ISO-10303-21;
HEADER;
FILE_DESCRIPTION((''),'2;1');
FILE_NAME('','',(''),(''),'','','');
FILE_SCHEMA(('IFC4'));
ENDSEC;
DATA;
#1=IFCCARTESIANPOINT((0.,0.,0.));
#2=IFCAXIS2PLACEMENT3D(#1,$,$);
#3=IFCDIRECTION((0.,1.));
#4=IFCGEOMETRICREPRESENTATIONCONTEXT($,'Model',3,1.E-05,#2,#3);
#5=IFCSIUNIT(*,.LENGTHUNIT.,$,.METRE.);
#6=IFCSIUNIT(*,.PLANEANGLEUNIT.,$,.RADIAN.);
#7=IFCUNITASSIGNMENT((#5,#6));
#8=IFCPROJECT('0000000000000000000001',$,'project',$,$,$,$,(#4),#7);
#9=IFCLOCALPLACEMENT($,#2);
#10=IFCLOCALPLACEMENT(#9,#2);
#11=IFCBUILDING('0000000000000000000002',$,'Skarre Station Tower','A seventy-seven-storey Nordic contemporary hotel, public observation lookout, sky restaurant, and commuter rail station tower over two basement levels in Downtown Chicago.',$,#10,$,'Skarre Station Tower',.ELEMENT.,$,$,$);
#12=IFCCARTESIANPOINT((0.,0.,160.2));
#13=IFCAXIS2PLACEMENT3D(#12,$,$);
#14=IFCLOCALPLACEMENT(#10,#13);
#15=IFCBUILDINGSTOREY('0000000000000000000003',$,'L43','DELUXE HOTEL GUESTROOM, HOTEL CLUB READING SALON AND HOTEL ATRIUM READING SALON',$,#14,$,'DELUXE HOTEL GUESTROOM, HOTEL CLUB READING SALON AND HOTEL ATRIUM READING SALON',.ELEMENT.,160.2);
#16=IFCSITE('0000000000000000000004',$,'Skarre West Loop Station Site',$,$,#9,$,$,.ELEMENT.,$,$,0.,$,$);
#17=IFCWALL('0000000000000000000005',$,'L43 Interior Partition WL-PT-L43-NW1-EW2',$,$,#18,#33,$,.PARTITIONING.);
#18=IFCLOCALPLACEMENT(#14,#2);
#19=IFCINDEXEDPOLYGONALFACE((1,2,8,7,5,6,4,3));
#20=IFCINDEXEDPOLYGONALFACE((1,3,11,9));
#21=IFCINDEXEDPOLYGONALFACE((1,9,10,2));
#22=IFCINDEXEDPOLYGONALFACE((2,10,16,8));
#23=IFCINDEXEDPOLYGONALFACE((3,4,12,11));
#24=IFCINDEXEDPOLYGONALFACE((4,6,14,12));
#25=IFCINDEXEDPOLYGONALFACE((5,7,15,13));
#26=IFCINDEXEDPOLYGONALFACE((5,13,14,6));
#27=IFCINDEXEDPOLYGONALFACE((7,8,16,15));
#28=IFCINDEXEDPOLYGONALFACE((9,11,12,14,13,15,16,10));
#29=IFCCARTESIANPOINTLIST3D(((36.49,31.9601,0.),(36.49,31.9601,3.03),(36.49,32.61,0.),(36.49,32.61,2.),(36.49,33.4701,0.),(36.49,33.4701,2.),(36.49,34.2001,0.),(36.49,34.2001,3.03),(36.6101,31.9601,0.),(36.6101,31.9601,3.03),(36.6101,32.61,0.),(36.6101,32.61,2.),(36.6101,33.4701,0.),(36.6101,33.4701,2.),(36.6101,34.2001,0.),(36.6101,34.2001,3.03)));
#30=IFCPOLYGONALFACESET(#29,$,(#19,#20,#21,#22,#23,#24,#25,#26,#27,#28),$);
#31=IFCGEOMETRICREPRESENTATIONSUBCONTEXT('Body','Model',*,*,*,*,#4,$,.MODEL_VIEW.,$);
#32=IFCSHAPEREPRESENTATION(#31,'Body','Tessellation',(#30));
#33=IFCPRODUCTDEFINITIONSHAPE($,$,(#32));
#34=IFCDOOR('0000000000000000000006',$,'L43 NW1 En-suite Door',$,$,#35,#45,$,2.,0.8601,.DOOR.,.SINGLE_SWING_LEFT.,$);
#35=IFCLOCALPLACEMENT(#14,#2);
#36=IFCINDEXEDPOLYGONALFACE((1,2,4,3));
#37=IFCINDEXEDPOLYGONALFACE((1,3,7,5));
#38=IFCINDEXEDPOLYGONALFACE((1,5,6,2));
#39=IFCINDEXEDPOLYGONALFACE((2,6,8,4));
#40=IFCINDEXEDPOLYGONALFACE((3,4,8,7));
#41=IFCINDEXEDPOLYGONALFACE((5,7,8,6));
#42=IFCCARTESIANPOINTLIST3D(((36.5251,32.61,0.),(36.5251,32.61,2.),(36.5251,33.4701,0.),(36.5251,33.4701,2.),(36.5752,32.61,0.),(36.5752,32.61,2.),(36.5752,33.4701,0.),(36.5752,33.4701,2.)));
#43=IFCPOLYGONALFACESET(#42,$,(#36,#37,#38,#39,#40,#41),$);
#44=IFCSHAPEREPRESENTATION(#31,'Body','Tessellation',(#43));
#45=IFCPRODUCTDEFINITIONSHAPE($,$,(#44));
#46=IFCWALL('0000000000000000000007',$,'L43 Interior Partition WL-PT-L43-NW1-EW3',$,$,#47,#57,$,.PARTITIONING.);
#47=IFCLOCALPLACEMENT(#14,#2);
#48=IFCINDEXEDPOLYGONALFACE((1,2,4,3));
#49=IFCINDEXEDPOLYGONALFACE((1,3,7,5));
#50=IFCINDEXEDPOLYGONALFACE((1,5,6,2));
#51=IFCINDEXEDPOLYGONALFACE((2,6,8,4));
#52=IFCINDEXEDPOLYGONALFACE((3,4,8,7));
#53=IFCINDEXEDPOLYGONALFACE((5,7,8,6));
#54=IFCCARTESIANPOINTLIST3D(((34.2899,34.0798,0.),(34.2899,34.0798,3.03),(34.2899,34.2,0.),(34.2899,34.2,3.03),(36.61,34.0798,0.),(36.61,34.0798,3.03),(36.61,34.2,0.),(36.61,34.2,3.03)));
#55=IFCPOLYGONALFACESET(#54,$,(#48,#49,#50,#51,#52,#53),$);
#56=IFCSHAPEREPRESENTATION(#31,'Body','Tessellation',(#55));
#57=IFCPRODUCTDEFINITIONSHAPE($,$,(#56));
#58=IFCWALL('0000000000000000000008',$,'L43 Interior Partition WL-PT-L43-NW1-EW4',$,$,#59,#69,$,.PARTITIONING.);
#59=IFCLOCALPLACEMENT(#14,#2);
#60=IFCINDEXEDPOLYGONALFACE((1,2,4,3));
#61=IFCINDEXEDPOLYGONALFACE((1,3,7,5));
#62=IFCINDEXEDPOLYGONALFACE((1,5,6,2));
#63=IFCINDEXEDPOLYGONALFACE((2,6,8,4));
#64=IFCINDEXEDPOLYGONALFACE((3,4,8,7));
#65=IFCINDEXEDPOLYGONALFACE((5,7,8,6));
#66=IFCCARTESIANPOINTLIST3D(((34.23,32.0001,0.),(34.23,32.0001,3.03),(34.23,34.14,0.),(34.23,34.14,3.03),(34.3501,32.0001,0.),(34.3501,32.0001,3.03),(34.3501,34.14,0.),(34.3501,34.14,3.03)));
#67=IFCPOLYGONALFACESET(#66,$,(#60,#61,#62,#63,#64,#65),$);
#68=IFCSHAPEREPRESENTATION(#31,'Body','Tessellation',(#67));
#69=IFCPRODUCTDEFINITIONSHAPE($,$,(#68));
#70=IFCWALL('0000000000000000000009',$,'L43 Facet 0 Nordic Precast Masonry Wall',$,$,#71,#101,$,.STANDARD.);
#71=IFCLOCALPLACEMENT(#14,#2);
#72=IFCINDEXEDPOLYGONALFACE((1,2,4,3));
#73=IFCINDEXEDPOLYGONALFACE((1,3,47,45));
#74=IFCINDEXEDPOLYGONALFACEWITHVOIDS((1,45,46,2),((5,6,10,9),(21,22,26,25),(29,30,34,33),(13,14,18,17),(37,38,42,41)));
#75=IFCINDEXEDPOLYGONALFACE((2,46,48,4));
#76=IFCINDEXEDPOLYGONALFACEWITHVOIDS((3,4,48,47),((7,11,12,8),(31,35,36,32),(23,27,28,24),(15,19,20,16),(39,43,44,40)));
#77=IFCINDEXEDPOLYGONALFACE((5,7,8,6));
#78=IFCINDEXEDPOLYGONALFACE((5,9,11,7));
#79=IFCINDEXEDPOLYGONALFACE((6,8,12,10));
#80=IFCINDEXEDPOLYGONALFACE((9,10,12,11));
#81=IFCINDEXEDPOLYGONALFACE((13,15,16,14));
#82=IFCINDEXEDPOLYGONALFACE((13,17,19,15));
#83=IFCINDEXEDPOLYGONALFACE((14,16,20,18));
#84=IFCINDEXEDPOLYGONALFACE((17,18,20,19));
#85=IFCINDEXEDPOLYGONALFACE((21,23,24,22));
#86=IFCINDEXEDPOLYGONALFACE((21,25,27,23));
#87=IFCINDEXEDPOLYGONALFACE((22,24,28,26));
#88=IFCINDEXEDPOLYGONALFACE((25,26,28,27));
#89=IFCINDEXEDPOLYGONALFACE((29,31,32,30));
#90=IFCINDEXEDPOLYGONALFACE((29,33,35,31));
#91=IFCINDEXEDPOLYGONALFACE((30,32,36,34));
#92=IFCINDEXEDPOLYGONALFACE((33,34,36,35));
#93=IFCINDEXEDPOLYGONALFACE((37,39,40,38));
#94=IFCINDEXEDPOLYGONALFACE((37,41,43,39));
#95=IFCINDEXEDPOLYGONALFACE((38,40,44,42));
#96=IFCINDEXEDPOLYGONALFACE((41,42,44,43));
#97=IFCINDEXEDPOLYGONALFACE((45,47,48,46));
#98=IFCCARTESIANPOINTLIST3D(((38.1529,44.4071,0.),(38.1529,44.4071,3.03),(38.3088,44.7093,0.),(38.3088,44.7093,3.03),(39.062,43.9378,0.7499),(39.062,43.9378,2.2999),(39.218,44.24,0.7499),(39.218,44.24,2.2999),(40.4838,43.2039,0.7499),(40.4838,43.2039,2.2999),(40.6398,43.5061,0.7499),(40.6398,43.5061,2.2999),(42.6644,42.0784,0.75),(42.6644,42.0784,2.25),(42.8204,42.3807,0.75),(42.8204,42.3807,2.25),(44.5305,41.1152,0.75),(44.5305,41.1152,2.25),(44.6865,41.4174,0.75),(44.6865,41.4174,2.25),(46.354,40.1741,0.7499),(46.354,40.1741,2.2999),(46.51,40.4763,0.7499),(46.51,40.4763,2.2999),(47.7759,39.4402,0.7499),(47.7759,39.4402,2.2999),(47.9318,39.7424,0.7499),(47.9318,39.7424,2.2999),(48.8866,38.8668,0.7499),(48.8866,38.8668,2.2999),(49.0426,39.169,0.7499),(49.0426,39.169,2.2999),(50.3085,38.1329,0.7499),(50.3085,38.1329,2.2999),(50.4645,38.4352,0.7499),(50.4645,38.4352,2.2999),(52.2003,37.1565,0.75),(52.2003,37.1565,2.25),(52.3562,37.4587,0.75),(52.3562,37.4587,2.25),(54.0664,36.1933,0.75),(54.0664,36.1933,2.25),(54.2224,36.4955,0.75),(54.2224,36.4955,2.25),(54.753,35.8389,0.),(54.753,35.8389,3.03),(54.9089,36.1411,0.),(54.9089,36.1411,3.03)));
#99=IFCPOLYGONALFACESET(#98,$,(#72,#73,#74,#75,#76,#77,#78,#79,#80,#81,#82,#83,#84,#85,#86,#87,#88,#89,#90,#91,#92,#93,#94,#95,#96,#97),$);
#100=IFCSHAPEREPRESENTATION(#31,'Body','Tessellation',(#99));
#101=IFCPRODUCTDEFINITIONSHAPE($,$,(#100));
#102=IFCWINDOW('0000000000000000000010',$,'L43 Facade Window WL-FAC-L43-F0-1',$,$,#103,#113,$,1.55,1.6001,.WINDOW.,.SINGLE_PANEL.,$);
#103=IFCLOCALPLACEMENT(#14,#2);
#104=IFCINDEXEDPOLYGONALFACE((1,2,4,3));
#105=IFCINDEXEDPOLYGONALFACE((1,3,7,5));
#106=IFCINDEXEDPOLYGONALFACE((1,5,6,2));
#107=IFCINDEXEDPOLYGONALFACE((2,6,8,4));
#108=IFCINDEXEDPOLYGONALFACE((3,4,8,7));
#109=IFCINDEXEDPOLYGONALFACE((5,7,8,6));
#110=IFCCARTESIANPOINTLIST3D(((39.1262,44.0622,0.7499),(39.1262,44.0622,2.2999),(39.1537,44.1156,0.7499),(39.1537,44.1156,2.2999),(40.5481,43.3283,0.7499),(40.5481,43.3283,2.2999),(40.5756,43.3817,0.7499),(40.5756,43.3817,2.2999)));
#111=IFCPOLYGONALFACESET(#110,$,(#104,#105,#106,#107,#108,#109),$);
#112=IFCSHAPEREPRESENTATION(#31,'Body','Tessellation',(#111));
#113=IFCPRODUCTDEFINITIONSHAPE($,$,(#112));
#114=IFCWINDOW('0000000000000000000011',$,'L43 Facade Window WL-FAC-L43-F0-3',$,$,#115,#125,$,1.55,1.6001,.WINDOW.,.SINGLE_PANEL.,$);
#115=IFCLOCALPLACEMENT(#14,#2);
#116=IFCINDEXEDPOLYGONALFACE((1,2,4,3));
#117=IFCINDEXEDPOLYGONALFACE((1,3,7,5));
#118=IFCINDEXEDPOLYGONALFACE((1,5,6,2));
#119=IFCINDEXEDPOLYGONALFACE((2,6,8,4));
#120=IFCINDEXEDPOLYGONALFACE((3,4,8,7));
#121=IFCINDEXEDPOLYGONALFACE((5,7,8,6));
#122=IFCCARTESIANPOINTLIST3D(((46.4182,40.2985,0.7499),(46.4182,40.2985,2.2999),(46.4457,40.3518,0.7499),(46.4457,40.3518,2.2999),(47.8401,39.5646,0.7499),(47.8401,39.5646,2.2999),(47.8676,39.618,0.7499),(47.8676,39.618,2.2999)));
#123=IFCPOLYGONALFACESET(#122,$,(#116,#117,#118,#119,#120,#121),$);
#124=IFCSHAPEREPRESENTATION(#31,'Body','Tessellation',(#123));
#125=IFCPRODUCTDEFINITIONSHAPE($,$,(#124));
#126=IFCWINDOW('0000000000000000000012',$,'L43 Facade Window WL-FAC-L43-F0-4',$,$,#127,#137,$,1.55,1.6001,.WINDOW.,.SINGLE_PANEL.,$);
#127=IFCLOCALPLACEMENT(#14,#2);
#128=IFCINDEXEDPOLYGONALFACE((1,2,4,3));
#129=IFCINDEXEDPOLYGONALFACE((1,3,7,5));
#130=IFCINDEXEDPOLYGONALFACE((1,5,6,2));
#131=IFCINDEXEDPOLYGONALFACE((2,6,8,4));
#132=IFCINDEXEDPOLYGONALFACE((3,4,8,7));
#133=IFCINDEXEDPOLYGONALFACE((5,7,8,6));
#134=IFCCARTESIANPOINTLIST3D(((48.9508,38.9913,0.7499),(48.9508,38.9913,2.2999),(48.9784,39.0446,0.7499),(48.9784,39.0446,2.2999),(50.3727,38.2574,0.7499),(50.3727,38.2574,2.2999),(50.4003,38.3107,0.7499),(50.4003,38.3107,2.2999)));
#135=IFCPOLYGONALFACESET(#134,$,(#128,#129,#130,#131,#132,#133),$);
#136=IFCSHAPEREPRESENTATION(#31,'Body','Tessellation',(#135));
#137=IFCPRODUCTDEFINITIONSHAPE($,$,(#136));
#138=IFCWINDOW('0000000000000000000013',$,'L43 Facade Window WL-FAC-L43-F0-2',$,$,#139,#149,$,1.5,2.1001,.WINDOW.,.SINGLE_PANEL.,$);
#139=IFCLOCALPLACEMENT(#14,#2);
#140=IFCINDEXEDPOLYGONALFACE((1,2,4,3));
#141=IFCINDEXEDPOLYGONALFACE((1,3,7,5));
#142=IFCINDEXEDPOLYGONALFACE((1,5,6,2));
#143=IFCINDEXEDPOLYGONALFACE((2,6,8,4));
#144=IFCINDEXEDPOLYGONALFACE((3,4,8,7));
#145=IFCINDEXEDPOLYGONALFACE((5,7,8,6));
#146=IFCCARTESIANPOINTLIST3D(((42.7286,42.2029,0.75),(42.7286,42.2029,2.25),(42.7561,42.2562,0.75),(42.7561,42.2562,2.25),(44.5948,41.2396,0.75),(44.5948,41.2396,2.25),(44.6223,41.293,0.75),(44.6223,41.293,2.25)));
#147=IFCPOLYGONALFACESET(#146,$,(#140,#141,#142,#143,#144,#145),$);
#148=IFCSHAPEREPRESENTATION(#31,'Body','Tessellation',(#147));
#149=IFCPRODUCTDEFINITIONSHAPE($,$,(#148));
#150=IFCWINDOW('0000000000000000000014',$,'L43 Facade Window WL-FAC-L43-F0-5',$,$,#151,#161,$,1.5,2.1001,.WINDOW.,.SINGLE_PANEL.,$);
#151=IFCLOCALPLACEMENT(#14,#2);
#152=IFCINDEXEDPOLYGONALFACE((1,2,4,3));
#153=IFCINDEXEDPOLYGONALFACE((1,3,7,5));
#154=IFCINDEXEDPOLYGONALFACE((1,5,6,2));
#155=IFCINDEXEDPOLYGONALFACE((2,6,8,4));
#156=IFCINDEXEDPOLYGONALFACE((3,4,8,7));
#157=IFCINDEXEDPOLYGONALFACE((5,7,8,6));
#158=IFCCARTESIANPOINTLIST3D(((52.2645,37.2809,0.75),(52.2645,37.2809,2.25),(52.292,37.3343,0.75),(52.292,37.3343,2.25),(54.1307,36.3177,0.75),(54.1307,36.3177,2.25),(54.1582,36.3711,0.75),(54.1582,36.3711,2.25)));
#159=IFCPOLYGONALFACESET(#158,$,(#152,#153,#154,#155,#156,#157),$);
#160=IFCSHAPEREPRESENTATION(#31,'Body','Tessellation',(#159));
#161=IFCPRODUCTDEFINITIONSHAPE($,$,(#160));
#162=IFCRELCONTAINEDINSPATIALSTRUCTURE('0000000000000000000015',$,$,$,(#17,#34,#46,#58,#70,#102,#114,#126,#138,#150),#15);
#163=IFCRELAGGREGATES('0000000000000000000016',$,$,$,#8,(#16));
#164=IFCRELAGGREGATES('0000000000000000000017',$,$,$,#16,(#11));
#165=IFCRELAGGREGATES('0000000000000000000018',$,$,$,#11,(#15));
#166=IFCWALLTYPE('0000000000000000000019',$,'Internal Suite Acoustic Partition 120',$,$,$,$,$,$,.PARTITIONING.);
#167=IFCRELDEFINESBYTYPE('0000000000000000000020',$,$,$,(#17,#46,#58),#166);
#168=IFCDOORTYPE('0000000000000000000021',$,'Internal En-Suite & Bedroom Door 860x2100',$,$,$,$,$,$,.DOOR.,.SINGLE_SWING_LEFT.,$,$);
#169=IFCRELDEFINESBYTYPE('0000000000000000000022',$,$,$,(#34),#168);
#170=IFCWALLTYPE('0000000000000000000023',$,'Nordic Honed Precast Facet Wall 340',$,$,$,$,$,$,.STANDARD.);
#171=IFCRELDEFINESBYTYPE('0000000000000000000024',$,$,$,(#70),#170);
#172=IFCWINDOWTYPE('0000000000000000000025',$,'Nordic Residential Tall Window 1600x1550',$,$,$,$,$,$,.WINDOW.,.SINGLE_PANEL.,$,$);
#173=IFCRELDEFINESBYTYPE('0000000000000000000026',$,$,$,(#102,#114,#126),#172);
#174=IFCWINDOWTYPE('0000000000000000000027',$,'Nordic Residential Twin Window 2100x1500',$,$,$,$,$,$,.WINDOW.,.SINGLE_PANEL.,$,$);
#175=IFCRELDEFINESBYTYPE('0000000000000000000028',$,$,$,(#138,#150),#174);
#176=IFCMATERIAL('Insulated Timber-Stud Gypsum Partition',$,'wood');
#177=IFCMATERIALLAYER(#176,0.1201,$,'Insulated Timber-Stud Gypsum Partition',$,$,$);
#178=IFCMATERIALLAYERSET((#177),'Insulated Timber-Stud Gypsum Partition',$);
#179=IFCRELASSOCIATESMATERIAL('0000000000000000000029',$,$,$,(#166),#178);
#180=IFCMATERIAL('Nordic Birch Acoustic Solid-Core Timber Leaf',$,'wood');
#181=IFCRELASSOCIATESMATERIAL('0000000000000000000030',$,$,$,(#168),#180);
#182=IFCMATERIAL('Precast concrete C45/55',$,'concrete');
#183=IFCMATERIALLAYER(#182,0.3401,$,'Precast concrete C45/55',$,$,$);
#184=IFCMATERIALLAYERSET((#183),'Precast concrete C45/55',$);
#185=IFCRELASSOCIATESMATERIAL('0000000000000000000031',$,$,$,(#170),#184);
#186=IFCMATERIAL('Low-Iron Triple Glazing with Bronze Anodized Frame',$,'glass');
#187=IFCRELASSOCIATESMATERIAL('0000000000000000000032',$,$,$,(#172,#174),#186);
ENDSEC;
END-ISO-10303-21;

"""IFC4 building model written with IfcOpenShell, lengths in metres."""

from ifc_helpers import new_model, si_unit, direction, frame, frame_2d, origin, place, context, subcontext, project, spatial, rectangle, extrude, material, layer, layer_set, type_object, element, fill, save


model = new_model("IFC4")

# Units and contexts
model_context = context("Model", 3, precision=1e-05, world=origin(), true_north=direction((0.0, 1.0)))
body_context = subcontext(model_context, "Body", "Model", "MODEL_VIEW")
ifc_project = project(units=[si_unit("LENGTHUNIT", "METRE"), si_unit("PLANEANGLEUNIT", "RADIAN")], contexts=[model_context])

# Site, building, storey
site_placement = place(None, origin())
site = spatial("IfcSite", under=ifc_project, at=site_placement, Name="Skarre West Loop Station Site", CompositionType="ELEMENT", RefElevation=0.0)
building_placement = place(site_placement, origin())
building = spatial("IfcBuilding", under=site, at=building_placement, Name="Skarre Station Tower", Description="A seventy-seven-storey Nordic contemporary hotel, public observation lookout, sky restaurant, and commuter rail station tower over two basement levels in Downtown Chicago.", LongName="Skarre Station Tower", CompositionType="ELEMENT")
storey_placement = place(building_placement, frame((0.0, 0.0, 160.2)))
storey = spatial("IfcBuildingStorey", under=building, at=storey_placement, Name="L43", Description="DELUXE HOTEL GUESTROOM, HOTEL CLUB READING SALON AND HOTEL ATRIUM READING SALON", LongName="DELUXE HOTEL GUESTROOM, HOTEL CLUB READING SALON AND HOTEL ATRIUM READING SALON", CompositionType="ELEMENT", Elevation=160.2)

# Shared definitions
ifc_material_1 = material(Name="Insulated Timber-Stud Gypsum Partition", Category="wood")
ifc_layer_1 = layer(ifc_material_1, 0.1201, Name="Insulated Timber-Stud Gypsum Partition")
ifc_layer_set_1 = layer_set([ifc_layer_1], Name="Insulated Timber-Stud Gypsum Partition")
wall_type_1 = type_object("IfcWallType", Name="Internal Suite Acoustic Partition 120", PredefinedType="PARTITIONING", material=ifc_layer_set_1)

# Wall, opening, door
ifc_material_2 = material(Name="Nordic Birch Acoustic Solid-Core Timber Leaf", Category="wood")
door_type_1 = type_object("IfcDoorType", Name="Internal En-Suite & Bedroom Door 860x2100", OperationType="SINGLE_SWING_LEFT", PredefinedType="DOOR", material=ifc_material_2)
wall_1_placement = place(storey_placement, frame((36.55, 31.96, 0.0), z_axis=(0.0, 0.0, 1.0), x_axis=(0.0, 1.0, 0.0)))
wall_1 = element("IfcWall", 1, at=wall_1_placement, inside=storey, type_object=wall_type_1, Name="L43 Interior Partition WL-PT-L43-NW1-EW2", PredefinedType="PARTITIONING", context=body_context, shape_type="SweptSolid", body=[
    extrude(rectangle(XDim=2.24, YDim=0.1201, at=frame_2d((1.1201, 0.0))), origin(), (0.0, 0.0, 1.0), 3.03),
])
opening_1_placement = place(wall_1_placement, frame((0.6499, 0.0, 0.0)))
opening_1 = element("IfcOpeningElement", 2, at=opening_1_placement, cuts=wall_1, PredefinedType="OPENING", context=body_context, shape_type="SweptSolid", body=[
    extrude(rectangle(XDim=0.8601, YDim=2.0, at=frame_2d((0.4302, 1.0))), frame((0.0, 0.0701, 0.0), z_axis=(0.0, -1.0, 0.0), x_axis=(1.0, 0.0, 0.0)), (0.0, 0.0, 1.0), 0.1401),
])
door_1_placement = place(opening_1_placement, origin())
door_1 = element("IfcDoor", 3, at=door_1_placement, inside=storey, type_object=door_type_1, Name="L43 NW1 En-suite Door", OperationType="SINGLE_SWING_LEFT", OverallHeight=2.0, OverallWidth=0.8601, PredefinedType="DOOR", context=body_context, shape_type="SweptSolid", body=[
    extrude(rectangle(XDim=0.8601, YDim=2.0, at=frame_2d((0.4302, 1.0))), frame((0.0, 0.0249, 0.0), z_axis=(0.0, -1.0, 0.0), x_axis=(1.0, 0.0, 0.0)), (0.0, 0.0, 1.0), 0.05),
])
fill(opening_1, door_1)

# Walls
wall_2_placement = place(storey_placement, frame((36.6101, 34.1399, 0.0), z_axis=(0.0, 0.0, 1.0), x_axis=(-1.0, 0.0, 0.0)))
element("IfcWall", 4, at=wall_2_placement, inside=storey, type_object=wall_type_1, Name="L43 Interior Partition WL-PT-L43-NW1-EW3", PredefinedType="PARTITIONING", context=body_context, shape_type="SweptSolid", body=[
    extrude(rectangle(XDim=2.3201, YDim=0.1201, at=frame_2d((1.1602, 0.0))), origin(), (0.0, 0.0, 1.0), 3.03),
])
wall_3_placement = place(storey_placement, frame((34.29, 34.1399, 0.0), z_axis=(0.0, 0.0, 1.0), x_axis=(0.0, -1.0, 0.0)))
element("IfcWall", 5, at=wall_3_placement, inside=storey, type_object=wall_type_1, Name="L43 Interior Partition WL-PT-L43-NW1-EW4", PredefinedType="PARTITIONING", context=body_context, shape_type="SweptSolid", body=[
    extrude(rectangle(XDim=2.1399, YDim=0.1201, at=frame_2d((1.0698, 0.0))), origin(), (0.0, 0.0, 1.0), 3.03),
])

# Wall, openings, windows
ifc_material_3 = material(Name="Precast concrete C45/55", Category="concrete")
ifc_layer_2 = layer(ifc_material_3, 0.3401, Name="Precast concrete C45/55")
ifc_layer_set_2 = layer_set([ifc_layer_2], Name="Precast concrete C45/55")
wall_type_2 = type_object("IfcWallType", Name="Nordic Honed Precast Facet Wall 340", PredefinedType="STANDARD", material=ifc_layer_set_2)
wall_4_placement = place(storey_placement, frame((38.231, 44.5581, 0.0), z_axis=(0.0, 0.0, 1.0), x_axis=(0.888614, -0.458657, 0.0)))
wall_4 = element("IfcWall", 6, at=wall_4_placement, inside=storey, type_object=wall_type_2, Name="L43 Facet 0 Nordic Precast Masonry Wall", PredefinedType="STANDARD", context=body_context, shape_type="SweptSolid", body=[
    extrude(rectangle(XDim=18.6809, YDim=0.3401, at=frame_2d((9.3403, 0.0))), origin(), (0.0, 0.0, 1.0), 3.03),
])
opening_2_placement = place(wall_4_placement, frame((1.0229, 0.0, 0.75)))
opening_2 = element("IfcOpeningElement", 7, at=opening_2_placement, cuts=wall_4, PredefinedType="OPENING", context=body_context, shape_type="SweptSolid", body=[
    extrude(rectangle(XDim=1.6001, YDim=1.55, at=frame_2d((0.8, 0.7749))), frame((0.0, 0.1799, 0.0), z_axis=(0.0, -1.0, 0.0), x_axis=(1.0, 0.0, 0.0)), (0.0, 0.0, 1.0), 0.3601),
])
opening_3_placement = place(wall_4_placement, frame((5.0769, 0.0, 0.75)))
opening_3 = element("IfcOpeningElement", 8, at=opening_3_placement, cuts=wall_4, PredefinedType="OPENING", context=body_context, shape_type="SweptSolid", body=[
    extrude(rectangle(XDim=2.1001, YDim=1.5, at=frame_2d((1.05, 0.75))), frame((0.0, 0.1799, 0.0), z_axis=(0.0, -1.0, 0.0), x_axis=(1.0, 0.0, 0.0)), (0.0, 0.0, 1.0), 0.3601),
])
opening_4_placement = place(wall_4_placement, frame((9.229, 0.0, 0.75)))
opening_4 = element("IfcOpeningElement", 9, at=opening_4_placement, cuts=wall_4, PredefinedType="OPENING", context=body_context, shape_type="SweptSolid", body=[
    extrude(rectangle(XDim=1.6001, YDim=1.55, at=frame_2d((0.8, 0.7749))), frame((0.0, 0.1799, 0.0), z_axis=(0.0, -1.0, 0.0), x_axis=(1.0, 0.0, 0.0)), (0.0, 0.0, 1.0), 0.3601),
])
opening_5_placement = place(wall_4_placement, frame((12.0791, 0.0, 0.75)))
opening_5 = element("IfcOpeningElement", 10, at=opening_5_placement, cuts=wall_4, PredefinedType="OPENING", context=body_context, shape_type="SweptSolid", body=[
    extrude(rectangle(XDim=1.6001, YDim=1.55, at=frame_2d((0.8, 0.7749))), frame((0.0, 0.1799, 0.0), z_axis=(0.0, -1.0, 0.0), x_axis=(1.0, 0.0, 0.0)), (0.0, 0.0, 1.0), 0.3601),
])
opening_6_placement = place(wall_4_placement, frame((15.8081, 0.0, 0.75)))
opening_6 = element("IfcOpeningElement", 11, at=opening_6_placement, cuts=wall_4, PredefinedType="OPENING", context=body_context, shape_type="SweptSolid", body=[
    extrude(rectangle(XDim=2.1001, YDim=1.5, at=frame_2d((1.05, 0.75))), frame((0.0, 0.1799, 0.0), z_axis=(0.0, -1.0, 0.0), x_axis=(1.0, 0.0, 0.0)), (0.0, 0.0, 1.0), 0.3601),
])
ifc_material_4 = material(Name="Low-Iron Triple Glazing with Bronze Anodized Frame", Category="glass")
window_type_1 = type_object("IfcWindowType", Name="Nordic Residential Tall Window 1600x1550", PartitioningType="SINGLE_PANEL", PredefinedType="WINDOW", material=ifc_material_4)
window_1_placement = place(opening_2_placement, origin())
window_1 = element("IfcWindow", 12, at=window_1_placement, inside=storey, type_object=window_type_1, Name="L43 Facade Window WL-FAC-L43-F0-1", OverallHeight=1.55, OverallWidth=1.6001, PartitioningType="SINGLE_PANEL", PredefinedType="WINDOW", context=body_context, shape_type="SweptSolid", body=[
    extrude(rectangle(XDim=1.6001, YDim=1.55, at=frame_2d((0.8, 0.7749))), frame((0.0, 0.03, 0.0), z_axis=(0.0, -1.0, 0.0), x_axis=(1.0, 0.0, 0.0)), (0.0, 0.0, 1.0), 0.0601),
])
fill(opening_2, window_1)
window_2_placement = place(opening_4_placement, origin())
window_2 = element("IfcWindow", 13, at=window_2_placement, inside=storey, type_object=window_type_1, Name="L43 Facade Window WL-FAC-L43-F0-3", OverallHeight=1.55, OverallWidth=1.6001, PartitioningType="SINGLE_PANEL", PredefinedType="WINDOW", context=body_context, shape_type="SweptSolid", body=[
    extrude(rectangle(XDim=1.6001, YDim=1.55, at=frame_2d((0.8, 0.7749))), frame((0.0, 0.03, 0.0), z_axis=(0.0, -1.0, 0.0), x_axis=(1.0, 0.0, 0.0)), (0.0, 0.0, 1.0), 0.0601),
])
fill(opening_4, window_2)
window_3_placement = place(opening_5_placement, origin())
window_3 = element("IfcWindow", 14, at=window_3_placement, inside=storey, type_object=window_type_1, Name="L43 Facade Window WL-FAC-L43-F0-4", OverallHeight=1.55, OverallWidth=1.6001, PartitioningType="SINGLE_PANEL", PredefinedType="WINDOW", context=body_context, shape_type="SweptSolid", body=[
    extrude(rectangle(XDim=1.6001, YDim=1.55, at=frame_2d((0.8, 0.7749))), frame((0.0, 0.03, 0.0), z_axis=(0.0, -1.0, 0.0), x_axis=(1.0, 0.0, 0.0)), (0.0, 0.0, 1.0), 0.0601),
])
fill(opening_5, window_3)
window_type_2 = type_object("IfcWindowType", Name="Nordic Residential Twin Window 2100x1500", PartitioningType="SINGLE_PANEL", PredefinedType="WINDOW", material=ifc_material_4)
window_4_placement = place(opening_3_placement, origin())
window_4 = element("IfcWindow", 15, at=window_4_placement, inside=storey, type_object=window_type_2, Name="L43 Facade Window WL-FAC-L43-F0-2", OverallHeight=1.5, OverallWidth=2.1001, PartitioningType="SINGLE_PANEL", PredefinedType="WINDOW", context=body_context, shape_type="SweptSolid", body=[
    extrude(rectangle(XDim=2.1001, YDim=1.5, at=frame_2d((1.05, 0.75))), frame((0.0, 0.03, 0.0), z_axis=(0.0, -1.0, 0.0), x_axis=(1.0, 0.0, 0.0)), (0.0, 0.0, 1.0), 0.0601),
])
fill(opening_3, window_4)
window_5_placement = place(opening_6_placement, origin())
window_5 = element("IfcWindow", 16, at=window_5_placement, inside=storey, type_object=window_type_2, Name="L43 Facade Window WL-FAC-L43-F0-5", OverallHeight=1.5, OverallWidth=2.1001, PartitioningType="SINGLE_PANEL", PredefinedType="WINDOW", context=body_context, shape_type="SweptSolid", body=[
    extrude(rectangle(XDim=2.1001, YDim=1.5, at=frame_2d((1.05, 0.75))), frame((0.0, 0.03, 0.0), z_axis=(0.0, -1.0, 0.0), x_axis=(1.0, 0.0, 0.0)), (0.0, 0.0, 1.0), 0.0601),
])
fill(opening_6, window_5)

save(model, "model.ifc")
